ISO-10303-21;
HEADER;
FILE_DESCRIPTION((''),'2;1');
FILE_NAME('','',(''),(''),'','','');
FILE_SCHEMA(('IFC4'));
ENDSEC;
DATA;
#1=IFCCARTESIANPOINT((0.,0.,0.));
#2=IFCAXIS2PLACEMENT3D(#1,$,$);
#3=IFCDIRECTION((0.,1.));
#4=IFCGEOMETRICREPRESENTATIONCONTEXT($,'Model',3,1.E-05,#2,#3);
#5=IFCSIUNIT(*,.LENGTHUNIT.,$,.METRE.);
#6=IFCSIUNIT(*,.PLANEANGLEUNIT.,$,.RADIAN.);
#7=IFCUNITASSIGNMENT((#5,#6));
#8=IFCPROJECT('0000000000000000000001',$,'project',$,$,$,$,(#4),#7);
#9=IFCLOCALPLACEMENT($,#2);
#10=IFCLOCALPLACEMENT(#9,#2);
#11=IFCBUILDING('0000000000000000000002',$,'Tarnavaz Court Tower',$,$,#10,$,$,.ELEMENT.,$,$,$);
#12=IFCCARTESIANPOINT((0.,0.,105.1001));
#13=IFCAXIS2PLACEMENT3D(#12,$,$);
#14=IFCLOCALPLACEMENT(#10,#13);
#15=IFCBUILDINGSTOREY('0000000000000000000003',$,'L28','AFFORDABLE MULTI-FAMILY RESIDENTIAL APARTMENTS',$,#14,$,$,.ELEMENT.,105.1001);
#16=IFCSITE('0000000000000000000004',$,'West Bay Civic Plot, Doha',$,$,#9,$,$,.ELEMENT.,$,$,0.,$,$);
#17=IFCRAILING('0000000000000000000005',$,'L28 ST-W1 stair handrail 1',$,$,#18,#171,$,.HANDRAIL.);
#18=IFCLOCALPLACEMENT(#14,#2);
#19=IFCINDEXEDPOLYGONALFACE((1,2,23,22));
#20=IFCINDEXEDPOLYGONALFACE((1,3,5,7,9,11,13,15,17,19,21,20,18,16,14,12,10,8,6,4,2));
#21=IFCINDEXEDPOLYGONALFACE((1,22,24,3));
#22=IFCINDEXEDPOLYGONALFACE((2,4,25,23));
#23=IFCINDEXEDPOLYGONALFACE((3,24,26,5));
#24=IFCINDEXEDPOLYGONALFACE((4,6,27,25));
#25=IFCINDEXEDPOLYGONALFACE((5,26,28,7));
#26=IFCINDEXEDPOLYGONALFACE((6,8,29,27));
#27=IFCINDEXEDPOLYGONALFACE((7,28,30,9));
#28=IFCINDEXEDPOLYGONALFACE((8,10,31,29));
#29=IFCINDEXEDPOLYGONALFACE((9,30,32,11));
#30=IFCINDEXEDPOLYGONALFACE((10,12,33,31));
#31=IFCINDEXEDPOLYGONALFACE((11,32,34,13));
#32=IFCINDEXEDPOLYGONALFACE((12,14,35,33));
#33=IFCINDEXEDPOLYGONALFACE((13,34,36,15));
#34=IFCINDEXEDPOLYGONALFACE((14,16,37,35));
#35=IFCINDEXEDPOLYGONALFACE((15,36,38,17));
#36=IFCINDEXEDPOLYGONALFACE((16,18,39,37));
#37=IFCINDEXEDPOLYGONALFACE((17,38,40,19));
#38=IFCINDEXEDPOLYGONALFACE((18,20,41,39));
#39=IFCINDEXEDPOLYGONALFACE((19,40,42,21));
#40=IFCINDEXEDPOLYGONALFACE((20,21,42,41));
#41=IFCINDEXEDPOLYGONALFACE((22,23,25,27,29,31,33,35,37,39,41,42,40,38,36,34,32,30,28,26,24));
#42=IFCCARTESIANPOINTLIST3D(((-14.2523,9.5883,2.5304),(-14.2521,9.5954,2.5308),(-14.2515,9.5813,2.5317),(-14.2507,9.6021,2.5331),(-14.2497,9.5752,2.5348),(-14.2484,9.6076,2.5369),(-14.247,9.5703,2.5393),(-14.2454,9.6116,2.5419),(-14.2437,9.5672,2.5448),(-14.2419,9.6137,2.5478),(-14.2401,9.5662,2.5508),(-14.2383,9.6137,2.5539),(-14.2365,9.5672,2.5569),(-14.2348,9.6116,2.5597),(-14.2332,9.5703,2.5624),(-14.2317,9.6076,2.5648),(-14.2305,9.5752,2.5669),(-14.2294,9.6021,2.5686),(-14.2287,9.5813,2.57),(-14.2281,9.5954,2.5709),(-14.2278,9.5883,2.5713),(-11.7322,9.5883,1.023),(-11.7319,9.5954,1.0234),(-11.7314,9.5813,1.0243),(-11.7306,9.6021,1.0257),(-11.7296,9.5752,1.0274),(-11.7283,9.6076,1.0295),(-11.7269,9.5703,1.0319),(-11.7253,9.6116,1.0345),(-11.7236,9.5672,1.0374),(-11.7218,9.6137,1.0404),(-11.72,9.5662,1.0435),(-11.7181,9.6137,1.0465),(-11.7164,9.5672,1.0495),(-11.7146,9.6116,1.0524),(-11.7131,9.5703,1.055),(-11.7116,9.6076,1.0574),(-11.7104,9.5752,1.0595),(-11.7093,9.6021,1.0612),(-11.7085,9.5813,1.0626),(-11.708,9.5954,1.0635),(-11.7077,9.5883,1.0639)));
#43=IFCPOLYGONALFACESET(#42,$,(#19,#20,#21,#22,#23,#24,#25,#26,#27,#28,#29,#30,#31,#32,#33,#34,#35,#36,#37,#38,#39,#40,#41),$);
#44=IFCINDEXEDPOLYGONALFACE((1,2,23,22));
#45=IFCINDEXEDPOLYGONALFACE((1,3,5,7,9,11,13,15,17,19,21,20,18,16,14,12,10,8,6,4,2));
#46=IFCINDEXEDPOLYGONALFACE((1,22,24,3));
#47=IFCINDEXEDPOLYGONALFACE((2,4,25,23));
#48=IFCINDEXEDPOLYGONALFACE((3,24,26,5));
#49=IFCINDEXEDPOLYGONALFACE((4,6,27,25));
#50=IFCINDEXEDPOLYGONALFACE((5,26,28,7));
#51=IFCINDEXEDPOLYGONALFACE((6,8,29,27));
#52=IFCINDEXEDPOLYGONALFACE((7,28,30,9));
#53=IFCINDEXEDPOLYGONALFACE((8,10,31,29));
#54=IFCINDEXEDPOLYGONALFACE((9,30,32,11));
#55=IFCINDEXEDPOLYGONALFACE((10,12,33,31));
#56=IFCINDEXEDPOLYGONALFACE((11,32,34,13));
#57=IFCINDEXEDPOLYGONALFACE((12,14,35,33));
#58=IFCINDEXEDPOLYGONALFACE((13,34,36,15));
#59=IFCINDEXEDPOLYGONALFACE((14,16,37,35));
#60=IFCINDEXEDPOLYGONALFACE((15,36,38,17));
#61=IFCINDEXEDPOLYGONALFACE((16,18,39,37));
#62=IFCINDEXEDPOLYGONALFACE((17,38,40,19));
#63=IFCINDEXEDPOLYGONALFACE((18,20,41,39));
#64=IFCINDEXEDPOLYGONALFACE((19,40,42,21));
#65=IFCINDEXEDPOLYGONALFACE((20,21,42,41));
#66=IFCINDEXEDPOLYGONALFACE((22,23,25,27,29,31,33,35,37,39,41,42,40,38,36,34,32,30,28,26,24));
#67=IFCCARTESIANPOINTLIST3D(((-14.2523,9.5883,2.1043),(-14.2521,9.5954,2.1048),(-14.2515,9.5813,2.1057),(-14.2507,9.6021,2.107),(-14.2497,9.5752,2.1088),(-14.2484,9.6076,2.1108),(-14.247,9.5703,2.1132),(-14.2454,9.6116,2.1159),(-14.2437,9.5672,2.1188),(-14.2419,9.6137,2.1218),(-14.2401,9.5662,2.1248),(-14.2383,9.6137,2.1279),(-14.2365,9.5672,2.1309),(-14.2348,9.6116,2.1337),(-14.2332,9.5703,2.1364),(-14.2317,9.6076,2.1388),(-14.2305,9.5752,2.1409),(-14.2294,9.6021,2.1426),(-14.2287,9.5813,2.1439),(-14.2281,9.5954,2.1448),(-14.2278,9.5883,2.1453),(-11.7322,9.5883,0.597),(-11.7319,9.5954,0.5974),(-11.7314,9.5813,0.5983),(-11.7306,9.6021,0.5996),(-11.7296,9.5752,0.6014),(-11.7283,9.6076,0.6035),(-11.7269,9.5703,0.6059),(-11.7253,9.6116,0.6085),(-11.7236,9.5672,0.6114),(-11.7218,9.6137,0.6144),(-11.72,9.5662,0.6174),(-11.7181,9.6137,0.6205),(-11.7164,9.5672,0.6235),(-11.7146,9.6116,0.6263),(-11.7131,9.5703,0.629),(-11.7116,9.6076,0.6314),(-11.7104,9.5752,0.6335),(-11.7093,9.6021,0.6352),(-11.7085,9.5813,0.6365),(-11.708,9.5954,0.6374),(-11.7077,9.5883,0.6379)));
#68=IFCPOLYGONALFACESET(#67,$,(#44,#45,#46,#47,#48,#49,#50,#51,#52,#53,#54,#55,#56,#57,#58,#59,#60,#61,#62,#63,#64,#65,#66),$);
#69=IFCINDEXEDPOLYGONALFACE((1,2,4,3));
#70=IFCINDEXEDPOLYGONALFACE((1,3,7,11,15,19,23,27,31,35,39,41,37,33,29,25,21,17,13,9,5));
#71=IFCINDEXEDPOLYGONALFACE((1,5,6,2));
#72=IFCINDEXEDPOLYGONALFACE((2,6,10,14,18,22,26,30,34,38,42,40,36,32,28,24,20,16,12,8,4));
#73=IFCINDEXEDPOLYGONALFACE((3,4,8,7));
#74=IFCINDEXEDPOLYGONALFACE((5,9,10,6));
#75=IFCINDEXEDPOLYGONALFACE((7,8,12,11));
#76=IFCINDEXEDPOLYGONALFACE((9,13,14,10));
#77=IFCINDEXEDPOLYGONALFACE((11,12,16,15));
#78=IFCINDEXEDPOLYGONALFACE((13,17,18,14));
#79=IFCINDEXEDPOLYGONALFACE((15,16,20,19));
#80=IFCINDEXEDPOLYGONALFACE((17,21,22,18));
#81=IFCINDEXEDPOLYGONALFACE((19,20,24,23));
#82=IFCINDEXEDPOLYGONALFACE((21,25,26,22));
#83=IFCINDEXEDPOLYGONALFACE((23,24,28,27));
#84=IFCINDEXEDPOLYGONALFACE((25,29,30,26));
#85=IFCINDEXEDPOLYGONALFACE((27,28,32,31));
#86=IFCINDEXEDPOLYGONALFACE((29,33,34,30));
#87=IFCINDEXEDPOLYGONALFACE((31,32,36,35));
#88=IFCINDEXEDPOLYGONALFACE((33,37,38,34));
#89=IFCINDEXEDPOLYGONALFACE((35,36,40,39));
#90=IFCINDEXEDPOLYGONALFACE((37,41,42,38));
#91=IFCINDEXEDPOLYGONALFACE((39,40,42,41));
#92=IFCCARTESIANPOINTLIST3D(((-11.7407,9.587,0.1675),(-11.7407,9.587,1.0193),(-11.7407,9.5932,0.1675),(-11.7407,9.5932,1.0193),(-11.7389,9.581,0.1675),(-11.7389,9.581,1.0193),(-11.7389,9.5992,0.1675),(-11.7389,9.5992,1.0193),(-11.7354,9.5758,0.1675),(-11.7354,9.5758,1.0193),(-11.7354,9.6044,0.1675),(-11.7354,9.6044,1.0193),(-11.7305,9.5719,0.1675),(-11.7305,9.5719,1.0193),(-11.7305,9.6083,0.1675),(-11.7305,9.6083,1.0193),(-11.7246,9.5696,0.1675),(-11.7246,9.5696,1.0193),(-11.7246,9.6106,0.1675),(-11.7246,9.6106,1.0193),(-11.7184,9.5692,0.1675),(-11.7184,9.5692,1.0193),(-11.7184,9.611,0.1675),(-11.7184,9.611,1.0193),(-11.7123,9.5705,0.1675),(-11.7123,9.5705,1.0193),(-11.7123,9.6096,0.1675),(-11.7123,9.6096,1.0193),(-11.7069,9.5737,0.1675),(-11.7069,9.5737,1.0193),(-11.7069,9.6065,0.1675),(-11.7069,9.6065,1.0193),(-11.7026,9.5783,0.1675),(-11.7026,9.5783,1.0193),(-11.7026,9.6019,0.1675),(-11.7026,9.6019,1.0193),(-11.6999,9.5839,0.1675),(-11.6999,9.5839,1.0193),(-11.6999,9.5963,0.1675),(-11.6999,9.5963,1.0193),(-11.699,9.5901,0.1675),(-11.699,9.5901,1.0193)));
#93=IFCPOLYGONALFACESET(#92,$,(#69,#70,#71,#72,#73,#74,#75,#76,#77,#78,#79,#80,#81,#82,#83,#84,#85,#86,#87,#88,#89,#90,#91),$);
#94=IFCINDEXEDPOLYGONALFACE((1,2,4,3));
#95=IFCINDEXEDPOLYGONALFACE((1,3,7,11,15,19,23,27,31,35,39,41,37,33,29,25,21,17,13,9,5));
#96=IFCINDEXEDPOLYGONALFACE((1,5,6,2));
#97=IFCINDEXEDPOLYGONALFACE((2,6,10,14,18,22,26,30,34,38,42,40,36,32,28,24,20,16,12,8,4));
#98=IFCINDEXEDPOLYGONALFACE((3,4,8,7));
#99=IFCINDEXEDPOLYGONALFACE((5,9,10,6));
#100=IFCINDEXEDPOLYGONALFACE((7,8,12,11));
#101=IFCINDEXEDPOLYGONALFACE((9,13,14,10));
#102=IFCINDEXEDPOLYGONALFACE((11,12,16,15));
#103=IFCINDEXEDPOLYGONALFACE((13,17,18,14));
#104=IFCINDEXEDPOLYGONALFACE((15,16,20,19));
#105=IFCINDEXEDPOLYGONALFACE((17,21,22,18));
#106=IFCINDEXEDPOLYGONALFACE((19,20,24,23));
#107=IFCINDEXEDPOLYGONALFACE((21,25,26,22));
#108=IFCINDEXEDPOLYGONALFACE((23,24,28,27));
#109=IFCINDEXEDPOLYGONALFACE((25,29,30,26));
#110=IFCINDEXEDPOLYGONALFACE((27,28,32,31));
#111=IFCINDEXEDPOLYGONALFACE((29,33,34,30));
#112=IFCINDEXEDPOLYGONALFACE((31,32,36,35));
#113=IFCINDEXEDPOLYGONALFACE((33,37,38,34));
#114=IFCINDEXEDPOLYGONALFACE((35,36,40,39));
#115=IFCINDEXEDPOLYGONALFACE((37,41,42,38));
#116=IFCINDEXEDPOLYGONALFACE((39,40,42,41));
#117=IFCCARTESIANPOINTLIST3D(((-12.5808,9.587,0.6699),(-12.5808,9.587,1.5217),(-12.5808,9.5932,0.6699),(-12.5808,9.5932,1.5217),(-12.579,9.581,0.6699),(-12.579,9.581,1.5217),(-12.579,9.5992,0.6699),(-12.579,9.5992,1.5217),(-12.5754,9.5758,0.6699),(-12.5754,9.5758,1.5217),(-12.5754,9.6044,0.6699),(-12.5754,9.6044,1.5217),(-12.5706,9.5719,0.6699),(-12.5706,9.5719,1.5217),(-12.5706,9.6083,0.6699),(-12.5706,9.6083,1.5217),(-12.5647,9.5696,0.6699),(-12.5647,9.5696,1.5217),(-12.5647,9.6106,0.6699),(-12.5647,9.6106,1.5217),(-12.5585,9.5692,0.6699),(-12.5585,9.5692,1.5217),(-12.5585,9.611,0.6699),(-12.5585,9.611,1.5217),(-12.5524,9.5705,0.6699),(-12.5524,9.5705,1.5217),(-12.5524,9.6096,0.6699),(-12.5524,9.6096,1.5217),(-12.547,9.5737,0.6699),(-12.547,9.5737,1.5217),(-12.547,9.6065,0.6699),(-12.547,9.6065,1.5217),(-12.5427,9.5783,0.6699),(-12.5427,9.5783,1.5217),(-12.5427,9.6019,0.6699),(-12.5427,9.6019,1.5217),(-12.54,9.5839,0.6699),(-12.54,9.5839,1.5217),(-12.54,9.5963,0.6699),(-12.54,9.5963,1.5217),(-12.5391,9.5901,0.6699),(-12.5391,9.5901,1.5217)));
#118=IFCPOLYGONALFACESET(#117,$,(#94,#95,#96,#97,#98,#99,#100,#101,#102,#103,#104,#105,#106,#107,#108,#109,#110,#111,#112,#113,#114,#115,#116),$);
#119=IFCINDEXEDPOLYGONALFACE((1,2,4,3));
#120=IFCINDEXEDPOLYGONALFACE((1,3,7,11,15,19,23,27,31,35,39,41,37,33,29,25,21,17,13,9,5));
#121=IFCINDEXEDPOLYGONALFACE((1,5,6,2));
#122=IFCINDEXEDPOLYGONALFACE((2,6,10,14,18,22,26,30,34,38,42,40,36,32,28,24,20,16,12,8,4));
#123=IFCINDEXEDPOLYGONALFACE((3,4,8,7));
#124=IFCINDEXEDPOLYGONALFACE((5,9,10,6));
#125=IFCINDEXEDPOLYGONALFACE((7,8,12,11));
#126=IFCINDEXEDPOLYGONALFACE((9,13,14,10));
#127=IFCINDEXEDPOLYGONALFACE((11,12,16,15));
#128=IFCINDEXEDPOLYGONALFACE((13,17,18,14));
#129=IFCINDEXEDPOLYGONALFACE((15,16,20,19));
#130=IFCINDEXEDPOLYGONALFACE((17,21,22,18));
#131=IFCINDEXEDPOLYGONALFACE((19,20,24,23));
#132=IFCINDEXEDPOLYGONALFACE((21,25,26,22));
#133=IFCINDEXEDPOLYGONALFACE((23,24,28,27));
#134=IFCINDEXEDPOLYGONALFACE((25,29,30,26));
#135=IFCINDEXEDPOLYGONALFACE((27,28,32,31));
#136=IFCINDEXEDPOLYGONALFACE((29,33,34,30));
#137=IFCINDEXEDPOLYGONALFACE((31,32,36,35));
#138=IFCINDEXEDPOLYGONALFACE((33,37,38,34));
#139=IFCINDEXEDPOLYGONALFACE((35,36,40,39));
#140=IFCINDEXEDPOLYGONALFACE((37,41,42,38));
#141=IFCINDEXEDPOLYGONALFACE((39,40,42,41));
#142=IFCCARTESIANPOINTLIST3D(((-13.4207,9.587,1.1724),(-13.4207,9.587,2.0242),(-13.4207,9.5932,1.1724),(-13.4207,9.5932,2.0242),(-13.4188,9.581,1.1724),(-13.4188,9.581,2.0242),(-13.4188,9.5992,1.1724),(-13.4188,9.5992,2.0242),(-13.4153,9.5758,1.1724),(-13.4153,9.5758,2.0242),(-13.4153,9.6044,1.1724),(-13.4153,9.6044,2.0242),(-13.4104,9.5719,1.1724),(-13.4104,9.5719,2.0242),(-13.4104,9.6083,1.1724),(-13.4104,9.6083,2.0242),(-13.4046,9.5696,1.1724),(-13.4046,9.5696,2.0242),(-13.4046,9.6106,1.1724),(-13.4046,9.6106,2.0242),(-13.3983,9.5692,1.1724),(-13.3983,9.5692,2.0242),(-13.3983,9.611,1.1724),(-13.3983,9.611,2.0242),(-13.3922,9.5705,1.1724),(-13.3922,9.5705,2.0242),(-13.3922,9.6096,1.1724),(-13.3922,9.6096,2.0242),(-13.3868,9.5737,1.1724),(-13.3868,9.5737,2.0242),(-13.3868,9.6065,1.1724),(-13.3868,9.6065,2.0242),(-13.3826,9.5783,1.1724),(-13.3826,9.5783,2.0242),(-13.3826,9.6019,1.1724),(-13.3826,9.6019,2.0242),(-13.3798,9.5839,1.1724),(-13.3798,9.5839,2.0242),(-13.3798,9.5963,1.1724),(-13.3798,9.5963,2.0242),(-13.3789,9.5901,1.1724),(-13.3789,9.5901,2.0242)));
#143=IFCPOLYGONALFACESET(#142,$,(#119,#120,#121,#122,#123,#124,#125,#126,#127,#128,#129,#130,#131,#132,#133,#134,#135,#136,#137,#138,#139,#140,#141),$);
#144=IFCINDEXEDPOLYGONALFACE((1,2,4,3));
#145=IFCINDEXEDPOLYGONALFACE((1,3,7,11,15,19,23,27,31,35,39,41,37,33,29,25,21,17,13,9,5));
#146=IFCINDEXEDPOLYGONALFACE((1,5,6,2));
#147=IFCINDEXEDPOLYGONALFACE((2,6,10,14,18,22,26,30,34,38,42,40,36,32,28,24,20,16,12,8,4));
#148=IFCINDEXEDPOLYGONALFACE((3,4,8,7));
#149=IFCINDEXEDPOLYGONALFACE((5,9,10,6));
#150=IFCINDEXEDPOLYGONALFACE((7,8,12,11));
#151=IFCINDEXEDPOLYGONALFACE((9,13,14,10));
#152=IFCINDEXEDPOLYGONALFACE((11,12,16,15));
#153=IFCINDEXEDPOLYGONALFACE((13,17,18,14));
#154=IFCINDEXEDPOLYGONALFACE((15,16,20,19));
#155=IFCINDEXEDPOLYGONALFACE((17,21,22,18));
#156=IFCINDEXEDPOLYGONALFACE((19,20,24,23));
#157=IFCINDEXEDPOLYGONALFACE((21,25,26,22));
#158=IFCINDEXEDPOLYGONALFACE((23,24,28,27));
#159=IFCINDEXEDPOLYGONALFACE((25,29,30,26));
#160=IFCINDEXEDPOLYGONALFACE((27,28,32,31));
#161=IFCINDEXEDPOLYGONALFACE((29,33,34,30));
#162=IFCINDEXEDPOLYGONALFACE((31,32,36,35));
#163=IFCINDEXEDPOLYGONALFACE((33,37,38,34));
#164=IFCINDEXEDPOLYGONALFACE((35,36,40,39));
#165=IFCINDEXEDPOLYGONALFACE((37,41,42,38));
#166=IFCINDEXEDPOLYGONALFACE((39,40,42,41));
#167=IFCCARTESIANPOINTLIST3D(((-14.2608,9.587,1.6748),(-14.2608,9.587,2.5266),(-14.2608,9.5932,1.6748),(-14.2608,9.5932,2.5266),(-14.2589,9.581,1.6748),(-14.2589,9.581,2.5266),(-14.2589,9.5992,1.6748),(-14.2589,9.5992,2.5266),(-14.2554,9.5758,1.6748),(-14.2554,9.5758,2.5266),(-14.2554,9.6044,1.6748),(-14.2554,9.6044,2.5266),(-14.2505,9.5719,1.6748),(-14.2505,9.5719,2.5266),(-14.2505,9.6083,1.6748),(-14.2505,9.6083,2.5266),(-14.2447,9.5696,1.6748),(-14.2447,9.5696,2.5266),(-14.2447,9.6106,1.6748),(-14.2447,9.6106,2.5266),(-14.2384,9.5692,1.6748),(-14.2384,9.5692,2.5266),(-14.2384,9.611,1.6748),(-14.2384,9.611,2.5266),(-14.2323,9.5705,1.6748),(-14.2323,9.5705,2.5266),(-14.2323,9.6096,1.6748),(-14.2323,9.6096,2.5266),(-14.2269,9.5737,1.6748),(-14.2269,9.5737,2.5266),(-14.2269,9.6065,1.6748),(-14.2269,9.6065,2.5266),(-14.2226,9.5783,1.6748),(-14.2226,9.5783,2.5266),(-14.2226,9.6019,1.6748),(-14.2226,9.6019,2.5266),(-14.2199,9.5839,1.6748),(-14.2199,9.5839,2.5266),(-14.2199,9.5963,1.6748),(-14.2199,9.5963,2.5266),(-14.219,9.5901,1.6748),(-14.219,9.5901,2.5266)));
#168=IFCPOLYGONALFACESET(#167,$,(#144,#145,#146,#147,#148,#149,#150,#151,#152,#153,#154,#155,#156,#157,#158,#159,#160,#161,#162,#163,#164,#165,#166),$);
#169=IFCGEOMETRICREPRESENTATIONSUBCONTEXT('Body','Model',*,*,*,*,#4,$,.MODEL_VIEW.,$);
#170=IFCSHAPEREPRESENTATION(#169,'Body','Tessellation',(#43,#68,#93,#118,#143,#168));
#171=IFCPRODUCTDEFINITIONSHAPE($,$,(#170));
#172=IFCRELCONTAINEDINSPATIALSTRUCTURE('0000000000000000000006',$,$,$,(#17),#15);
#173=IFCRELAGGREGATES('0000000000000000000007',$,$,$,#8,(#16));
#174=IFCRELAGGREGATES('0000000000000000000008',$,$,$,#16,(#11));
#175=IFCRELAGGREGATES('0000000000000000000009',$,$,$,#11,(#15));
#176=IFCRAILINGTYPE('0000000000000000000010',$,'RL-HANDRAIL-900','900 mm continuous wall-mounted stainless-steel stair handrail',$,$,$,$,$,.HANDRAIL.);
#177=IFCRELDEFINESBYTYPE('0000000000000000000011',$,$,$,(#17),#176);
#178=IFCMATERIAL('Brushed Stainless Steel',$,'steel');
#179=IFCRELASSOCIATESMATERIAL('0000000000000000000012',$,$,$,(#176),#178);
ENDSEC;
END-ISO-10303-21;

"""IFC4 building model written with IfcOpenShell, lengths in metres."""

from ifc_helpers import new_model, si_unit, direction, frame, origin, origin_2d, place, context, subcontext, project, spatial, circle, extrude, material, type_object, element, save


model = new_model("IFC4")

# Units and contexts
model_context = context("Model", 3, precision=1e-05, world=origin(), true_north=direction((0.0, 1.0)))
body_context = subcontext(model_context, "Body", "Model", "MODEL_VIEW")
ifc_project = project(units=[si_unit("LENGTHUNIT", "METRE"), si_unit("PLANEANGLEUNIT", "RADIAN")], contexts=[model_context])

# Site, building, storey
site_placement = place(None, origin())
site = spatial("IfcSite", under=ifc_project, at=site_placement, Name="West Bay Civic Plot, Doha", CompositionType="ELEMENT", RefElevation=0.0)
building_placement = place(site_placement, origin())
building = spatial("IfcBuilding", under=site, at=building_placement, Name="Tarnavaz Court Tower", CompositionType="ELEMENT")
storey_placement = place(building_placement, frame((0.0, 0.0, 105.1001)))
storey = spatial("IfcBuildingStorey", under=building, at=storey_placement, Name="L28", Description="AFFORDABLE MULTI-FAMILY RESIDENTIAL APARTMENTS", CompositionType="ELEMENT", Elevation=105.1001)

# Railing
ifc_material_1 = material(Name="Brushed Stainless Steel", Category="steel")
railing_type_1 = type_object("IfcRailingType", Name="RL-HANDRAIL-900", Description="900 mm continuous wall-mounted stainless-steel stair handrail", PredefinedType="HANDRAIL", material=ifc_material_1)
railing_1_placement = place(storey_placement, frame((-11.72, 9.5901, 0.1675)))
element("IfcRailing", 1, at=railing_1_placement, inside=storey, type_object=railing_type_1, Name="L28 ST-W1 stair handrail 1", PredefinedType="HANDRAIL", context=body_context, shape_type="SweptSolid", body=[
    extrude(circle(Radius=0.0239, at=origin_2d()), frame((0.0, 0.0, 0.876), z_axis=(-0.858196, 0.0, 0.513321), x_axis=(0.0, -1.0, 0.0)), (0.0, 0.0, 1.0), 2.9365),
    extrude(circle(Radius=0.0239, at=origin_2d()), frame((0.0, 0.0, 0.45), z_axis=(-0.858196, 0.0, 0.513321), x_axis=(0.0, -1.0, 0.0)), (0.0, 0.0, 1.0), 2.9365),
    extrude(circle(Radius=0.021, at=origin_2d()), origin(), (0.0, 0.0, 1.0), 0.8518),
    extrude(circle(Radius=0.021, at=origin_2d()), frame((-0.8401, 0.0, 0.5024)), (0.0, 0.0, 1.0), 0.8518),
    extrude(circle(Radius=0.021, at=origin_2d()), frame((-1.6799, 0.0, 1.0049)), (0.0, 0.0, 1.0), 0.8518),
    extrude(circle(Radius=0.021, at=origin_2d()), frame((-2.52, 0.0, 1.5073)), (0.0, 0.0, 1.0), 0.8518),
])

save(model, "model.ifc")
